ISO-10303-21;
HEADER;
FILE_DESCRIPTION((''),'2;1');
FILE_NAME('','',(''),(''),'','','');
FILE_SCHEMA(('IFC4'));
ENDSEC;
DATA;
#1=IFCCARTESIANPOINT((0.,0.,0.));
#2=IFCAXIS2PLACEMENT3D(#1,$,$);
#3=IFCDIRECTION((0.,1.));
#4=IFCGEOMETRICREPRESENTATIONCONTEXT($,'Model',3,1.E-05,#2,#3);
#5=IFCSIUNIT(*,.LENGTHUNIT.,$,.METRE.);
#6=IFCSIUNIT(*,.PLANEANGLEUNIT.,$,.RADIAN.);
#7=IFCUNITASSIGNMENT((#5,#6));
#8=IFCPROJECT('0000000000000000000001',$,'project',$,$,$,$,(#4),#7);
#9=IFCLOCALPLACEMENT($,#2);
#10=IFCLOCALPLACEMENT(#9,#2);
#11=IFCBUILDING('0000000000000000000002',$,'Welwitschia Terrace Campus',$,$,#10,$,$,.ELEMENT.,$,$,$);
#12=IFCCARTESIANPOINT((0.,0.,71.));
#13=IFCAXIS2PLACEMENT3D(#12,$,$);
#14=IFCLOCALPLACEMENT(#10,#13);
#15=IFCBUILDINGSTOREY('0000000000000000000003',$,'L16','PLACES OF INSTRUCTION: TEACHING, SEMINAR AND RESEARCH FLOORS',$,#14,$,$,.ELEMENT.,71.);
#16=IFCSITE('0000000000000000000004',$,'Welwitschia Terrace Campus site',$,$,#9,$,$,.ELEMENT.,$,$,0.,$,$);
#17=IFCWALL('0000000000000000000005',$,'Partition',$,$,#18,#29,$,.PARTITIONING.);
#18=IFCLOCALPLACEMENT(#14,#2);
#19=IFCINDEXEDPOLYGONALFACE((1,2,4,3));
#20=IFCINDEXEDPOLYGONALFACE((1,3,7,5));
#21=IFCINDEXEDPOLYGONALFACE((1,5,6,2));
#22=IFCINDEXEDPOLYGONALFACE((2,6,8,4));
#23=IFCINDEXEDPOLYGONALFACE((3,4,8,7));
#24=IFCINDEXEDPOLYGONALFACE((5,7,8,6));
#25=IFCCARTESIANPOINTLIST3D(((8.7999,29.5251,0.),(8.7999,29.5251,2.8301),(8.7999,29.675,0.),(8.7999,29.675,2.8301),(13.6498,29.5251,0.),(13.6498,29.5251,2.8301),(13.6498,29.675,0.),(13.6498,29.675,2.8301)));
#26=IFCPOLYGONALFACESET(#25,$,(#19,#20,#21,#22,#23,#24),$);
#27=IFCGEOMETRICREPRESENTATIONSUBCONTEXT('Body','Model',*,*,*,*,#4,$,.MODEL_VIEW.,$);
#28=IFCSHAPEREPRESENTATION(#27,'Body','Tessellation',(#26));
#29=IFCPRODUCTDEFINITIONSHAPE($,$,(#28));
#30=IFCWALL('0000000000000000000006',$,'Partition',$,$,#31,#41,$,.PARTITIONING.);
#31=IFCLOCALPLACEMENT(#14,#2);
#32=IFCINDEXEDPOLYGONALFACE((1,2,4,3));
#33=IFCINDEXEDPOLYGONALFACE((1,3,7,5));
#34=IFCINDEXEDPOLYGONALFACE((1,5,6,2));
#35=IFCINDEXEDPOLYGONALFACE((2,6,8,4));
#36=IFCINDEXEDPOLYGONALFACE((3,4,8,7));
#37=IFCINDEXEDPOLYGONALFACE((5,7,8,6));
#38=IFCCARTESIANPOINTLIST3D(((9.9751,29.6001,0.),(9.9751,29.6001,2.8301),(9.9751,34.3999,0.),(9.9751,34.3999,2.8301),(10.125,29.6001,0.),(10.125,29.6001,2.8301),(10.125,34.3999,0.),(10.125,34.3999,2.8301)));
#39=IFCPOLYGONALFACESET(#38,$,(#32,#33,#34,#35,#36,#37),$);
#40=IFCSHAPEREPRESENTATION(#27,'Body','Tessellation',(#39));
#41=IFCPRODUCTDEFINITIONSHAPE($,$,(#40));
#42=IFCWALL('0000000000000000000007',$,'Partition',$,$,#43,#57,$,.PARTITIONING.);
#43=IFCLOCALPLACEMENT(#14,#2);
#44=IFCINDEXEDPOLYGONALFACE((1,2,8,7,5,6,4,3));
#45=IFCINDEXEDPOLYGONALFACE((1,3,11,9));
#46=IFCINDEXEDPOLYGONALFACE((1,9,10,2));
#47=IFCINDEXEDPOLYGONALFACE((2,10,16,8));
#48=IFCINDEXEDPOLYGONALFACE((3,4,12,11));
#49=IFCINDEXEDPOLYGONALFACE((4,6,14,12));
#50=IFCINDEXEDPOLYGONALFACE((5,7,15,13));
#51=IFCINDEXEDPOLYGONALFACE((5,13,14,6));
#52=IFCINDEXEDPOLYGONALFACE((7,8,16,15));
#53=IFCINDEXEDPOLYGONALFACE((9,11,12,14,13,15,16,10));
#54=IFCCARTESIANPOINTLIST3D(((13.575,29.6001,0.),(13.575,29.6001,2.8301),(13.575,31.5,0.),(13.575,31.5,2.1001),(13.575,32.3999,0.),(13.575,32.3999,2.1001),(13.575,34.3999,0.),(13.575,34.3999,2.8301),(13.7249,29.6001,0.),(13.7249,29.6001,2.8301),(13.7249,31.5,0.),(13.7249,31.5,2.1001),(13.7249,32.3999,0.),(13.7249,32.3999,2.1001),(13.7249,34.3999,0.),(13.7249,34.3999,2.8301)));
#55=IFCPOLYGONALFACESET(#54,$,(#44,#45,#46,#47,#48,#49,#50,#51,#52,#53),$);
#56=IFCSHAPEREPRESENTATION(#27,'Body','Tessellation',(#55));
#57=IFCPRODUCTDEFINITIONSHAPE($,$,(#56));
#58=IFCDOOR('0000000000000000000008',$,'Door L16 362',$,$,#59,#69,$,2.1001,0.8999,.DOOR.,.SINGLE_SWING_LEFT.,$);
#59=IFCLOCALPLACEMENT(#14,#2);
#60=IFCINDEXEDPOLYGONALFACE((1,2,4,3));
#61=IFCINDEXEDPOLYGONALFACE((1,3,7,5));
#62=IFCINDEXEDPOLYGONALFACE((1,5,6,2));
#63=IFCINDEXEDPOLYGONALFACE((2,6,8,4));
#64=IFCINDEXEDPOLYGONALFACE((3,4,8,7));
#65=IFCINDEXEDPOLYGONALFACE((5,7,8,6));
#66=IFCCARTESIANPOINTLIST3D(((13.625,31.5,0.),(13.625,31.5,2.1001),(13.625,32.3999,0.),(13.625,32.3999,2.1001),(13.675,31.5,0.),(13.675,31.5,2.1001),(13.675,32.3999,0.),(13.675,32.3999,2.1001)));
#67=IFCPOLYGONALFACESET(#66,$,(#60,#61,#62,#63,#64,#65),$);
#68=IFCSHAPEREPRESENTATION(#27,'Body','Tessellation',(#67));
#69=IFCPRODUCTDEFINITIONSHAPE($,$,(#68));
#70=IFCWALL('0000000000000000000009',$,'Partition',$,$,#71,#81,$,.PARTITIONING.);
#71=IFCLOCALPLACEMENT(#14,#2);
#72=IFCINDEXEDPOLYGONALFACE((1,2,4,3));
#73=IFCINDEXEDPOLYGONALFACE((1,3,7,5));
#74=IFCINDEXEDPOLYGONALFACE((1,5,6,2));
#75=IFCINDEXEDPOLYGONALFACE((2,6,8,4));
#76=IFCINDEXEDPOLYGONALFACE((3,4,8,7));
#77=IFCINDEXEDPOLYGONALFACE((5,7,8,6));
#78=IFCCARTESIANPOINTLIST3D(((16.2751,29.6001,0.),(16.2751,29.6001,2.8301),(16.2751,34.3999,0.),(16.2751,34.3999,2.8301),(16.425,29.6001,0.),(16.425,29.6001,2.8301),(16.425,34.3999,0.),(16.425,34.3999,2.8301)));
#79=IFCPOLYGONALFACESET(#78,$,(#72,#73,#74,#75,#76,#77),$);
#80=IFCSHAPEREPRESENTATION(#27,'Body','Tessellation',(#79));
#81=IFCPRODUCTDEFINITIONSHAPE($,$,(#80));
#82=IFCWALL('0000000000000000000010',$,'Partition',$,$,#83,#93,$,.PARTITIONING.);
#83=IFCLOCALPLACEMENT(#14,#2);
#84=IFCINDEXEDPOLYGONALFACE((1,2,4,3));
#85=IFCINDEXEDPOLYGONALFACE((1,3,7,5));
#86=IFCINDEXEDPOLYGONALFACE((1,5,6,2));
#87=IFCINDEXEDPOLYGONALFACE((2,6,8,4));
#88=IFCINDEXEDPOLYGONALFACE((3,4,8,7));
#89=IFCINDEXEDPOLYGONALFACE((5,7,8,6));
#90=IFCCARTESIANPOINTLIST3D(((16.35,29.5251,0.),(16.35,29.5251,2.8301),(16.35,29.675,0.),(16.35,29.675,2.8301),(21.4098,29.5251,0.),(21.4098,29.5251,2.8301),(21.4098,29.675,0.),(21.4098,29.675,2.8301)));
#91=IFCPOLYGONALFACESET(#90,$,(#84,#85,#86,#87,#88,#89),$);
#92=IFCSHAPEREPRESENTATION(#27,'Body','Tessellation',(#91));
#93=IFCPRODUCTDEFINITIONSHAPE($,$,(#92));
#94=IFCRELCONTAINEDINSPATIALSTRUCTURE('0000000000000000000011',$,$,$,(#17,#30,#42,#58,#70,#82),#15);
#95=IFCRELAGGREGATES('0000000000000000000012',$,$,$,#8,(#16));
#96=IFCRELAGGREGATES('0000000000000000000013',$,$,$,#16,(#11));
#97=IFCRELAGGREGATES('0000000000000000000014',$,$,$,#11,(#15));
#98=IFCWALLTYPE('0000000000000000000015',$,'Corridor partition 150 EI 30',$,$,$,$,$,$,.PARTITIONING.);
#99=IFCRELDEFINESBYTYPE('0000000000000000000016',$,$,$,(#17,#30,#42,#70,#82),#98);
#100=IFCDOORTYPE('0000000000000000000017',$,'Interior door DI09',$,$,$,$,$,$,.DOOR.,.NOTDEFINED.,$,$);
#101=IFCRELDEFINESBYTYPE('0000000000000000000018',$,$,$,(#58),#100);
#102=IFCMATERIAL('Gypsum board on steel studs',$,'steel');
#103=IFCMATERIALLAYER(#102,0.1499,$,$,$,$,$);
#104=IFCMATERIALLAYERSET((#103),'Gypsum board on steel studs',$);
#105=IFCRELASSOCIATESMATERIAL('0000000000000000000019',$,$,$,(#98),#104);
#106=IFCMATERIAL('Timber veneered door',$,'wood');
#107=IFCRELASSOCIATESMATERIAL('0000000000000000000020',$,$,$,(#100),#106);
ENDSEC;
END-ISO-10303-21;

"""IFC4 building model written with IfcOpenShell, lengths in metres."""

from ifc_helpers import new_model, si_unit, direction, frame, frame_2d, origin, place, context, subcontext, project, spatial, rectangle, extrude, material, layer, layer_set, type_object, element, fill, save


model = new_model("IFC4")

# Units and contexts
model_context = context("Model", 3, precision=1e-05, world=origin(), true_north=direction((0.0, 1.0)))
body_context = subcontext(model_context, "Body", "Model", "MODEL_VIEW")
ifc_project = project(units=[si_unit("LENGTHUNIT", "METRE"), si_unit("PLANEANGLEUNIT", "RADIAN")], contexts=[model_context])

# Site, building, storey
site_placement = place(None, origin())
site = spatial("IfcSite", under=ifc_project, at=site_placement, Name="Welwitschia Terrace Campus site", CompositionType="ELEMENT", RefElevation=0.0)
building_placement = place(site_placement, origin())
building = spatial("IfcBuilding", under=site, at=building_placement, Name="Welwitschia Terrace Campus", CompositionType="ELEMENT")
storey_placement = place(building_placement, frame((0.0, 0.0, 71.0)))
storey = spatial("IfcBuildingStorey", under=building, at=storey_placement, Name="L16", Description="PLACES OF INSTRUCTION: TEACHING, SEMINAR AND RESEARCH FLOORS", CompositionType="ELEMENT", Elevation=71.0)

# Shared definitions
ifc_material_1 = material(Name="Gypsum board on steel studs", Category="steel")
ifc_layer_1 = layer(ifc_material_1, 0.1499)
ifc_layer_set_1 = layer_set([ifc_layer_1], Name="Gypsum board on steel studs")
wall_type_1 = type_object("IfcWallType", Name="Corridor partition 150 EI 30", PredefinedType="PARTITIONING", material=ifc_layer_set_1)

# Shared definitions
ifc_material_2 = material(Name="Timber veneered door", Category="wood")
door_type = type_object("IfcDoorType", Name="Interior door DI09", OperationType="NOTDEFINED", PredefinedType="DOOR", material=ifc_material_2)

# Walls
wall_1_placement = place(storey_placement, frame((8.8, 29.6001, 0.0), z_axis=(0.0, 0.0, 1.0), x_axis=(1.0, 0.0, 0.0)))
element("IfcWall", 1, at=wall_1_placement, inside=storey, type_object=wall_type_1, Name="Partition", PredefinedType="PARTITIONING", context=body_context, shape_type="SweptSolid", body=[
    extrude(rectangle(XDim=4.8499, YDim=0.1499, at=frame_2d((2.4248, 0.0))), origin(), (0.0, 0.0, 1.0), 2.8301),
])
wall_2_placement = place(storey_placement, frame((10.05, 29.6001, 0.0), z_axis=(0.0, 0.0, 1.0), x_axis=(0.0, 1.0, 0.0)))
element("IfcWall", 2, at=wall_2_placement, inside=storey, type_object=wall_type_1, Name="Partition", PredefinedType="PARTITIONING", context=body_context, shape_type="SweptSolid", body=[
    extrude(rectangle(XDim=4.7998, YDim=0.1499, at=frame_2d((2.3999, 0.0))), origin(), (0.0, 0.0, 1.0), 2.8301),
])

# Wall, opening, door
wall_3_placement = place(storey_placement, frame((13.6499, 29.6001, 0.0), z_axis=(0.0, 0.0, 1.0), x_axis=(0.0, 1.0, 0.0)))
wall_3 = element("IfcWall", 3, at=wall_3_placement, inside=storey, type_object=wall_type_1, Name="Partition", PredefinedType="PARTITIONING", context=body_context, shape_type="SweptSolid", body=[
    extrude(rectangle(XDim=4.7998, YDim=0.1499, at=frame_2d((2.3999, 0.0))), origin(), (0.0, 0.0, 1.0), 2.8301),
])
opening_1_placement = place(wall_3_placement, frame((1.8999, 0.0, 0.0)))
opening_1 = element("IfcOpeningElement", 4, at=opening_1_placement, cuts=wall_3, PredefinedType="OPENING", context=body_context, shape_type="SweptSolid", body=[
    extrude(rectangle(XDim=0.8999, YDim=2.1001, at=frame_2d((0.45, 1.05))), frame((0.0, 0.085, 0.0), z_axis=(0.0, -1.0, 0.0), x_axis=(1.0, 0.0, 0.0)), (0.0, 0.0, 1.0), 0.1699),
])
door_1_placement = place(opening_1_placement, origin())
door_1 = element("IfcDoor", 5, at=door_1_placement, inside=storey, type_object=door_type, Name="Door L16 362", OperationType="SINGLE_SWING_LEFT", OverallHeight=2.1001, OverallWidth=0.8999, PredefinedType="DOOR", context=body_context, shape_type="SweptSolid", body=[
    extrude(rectangle(XDim=0.8999, YDim=2.1001, at=frame_2d((0.45, 1.05))), frame((0.0, 0.0249, 0.0), z_axis=(0.0, -1.0, 0.0), x_axis=(1.0, 0.0, 0.0)), (0.0, 0.0, 1.0), 0.05),
])
fill(opening_1, door_1)

# Walls
wall_4_placement = place(storey_placement, frame((16.3501, 29.6001, 0.0), z_axis=(0.0, 0.0, 1.0), x_axis=(0.0, 1.0, 0.0)))
element("IfcWall", 6, at=wall_4_placement, inside=storey, type_object=wall_type_1, Name="Partition", PredefinedType="PARTITIONING", context=body_context, shape_type="SweptSolid", body=[
    extrude(rectangle(XDim=4.7998, YDim=0.1499, at=frame_2d((2.3999, 0.0))), origin(), (0.0, 0.0, 1.0), 2.8301),
])
wall_5_placement = place(storey_placement, frame((16.3501, 29.6001, 0.0), z_axis=(0.0, 0.0, 1.0), x_axis=(1.0, 0.0, 0.0)))
element("IfcWall", 7, at=wall_5_placement, inside=storey, type_object=wall_type_1, Name="Partition", PredefinedType="PARTITIONING", context=body_context, shape_type="SweptSolid", body=[
    extrude(rectangle(XDim=5.0598, YDim=0.1499, at=frame_2d((2.5298, 0.0))), origin(), (0.0, 0.0, 1.0), 2.8301),
])

save(model, "model.ifc")
